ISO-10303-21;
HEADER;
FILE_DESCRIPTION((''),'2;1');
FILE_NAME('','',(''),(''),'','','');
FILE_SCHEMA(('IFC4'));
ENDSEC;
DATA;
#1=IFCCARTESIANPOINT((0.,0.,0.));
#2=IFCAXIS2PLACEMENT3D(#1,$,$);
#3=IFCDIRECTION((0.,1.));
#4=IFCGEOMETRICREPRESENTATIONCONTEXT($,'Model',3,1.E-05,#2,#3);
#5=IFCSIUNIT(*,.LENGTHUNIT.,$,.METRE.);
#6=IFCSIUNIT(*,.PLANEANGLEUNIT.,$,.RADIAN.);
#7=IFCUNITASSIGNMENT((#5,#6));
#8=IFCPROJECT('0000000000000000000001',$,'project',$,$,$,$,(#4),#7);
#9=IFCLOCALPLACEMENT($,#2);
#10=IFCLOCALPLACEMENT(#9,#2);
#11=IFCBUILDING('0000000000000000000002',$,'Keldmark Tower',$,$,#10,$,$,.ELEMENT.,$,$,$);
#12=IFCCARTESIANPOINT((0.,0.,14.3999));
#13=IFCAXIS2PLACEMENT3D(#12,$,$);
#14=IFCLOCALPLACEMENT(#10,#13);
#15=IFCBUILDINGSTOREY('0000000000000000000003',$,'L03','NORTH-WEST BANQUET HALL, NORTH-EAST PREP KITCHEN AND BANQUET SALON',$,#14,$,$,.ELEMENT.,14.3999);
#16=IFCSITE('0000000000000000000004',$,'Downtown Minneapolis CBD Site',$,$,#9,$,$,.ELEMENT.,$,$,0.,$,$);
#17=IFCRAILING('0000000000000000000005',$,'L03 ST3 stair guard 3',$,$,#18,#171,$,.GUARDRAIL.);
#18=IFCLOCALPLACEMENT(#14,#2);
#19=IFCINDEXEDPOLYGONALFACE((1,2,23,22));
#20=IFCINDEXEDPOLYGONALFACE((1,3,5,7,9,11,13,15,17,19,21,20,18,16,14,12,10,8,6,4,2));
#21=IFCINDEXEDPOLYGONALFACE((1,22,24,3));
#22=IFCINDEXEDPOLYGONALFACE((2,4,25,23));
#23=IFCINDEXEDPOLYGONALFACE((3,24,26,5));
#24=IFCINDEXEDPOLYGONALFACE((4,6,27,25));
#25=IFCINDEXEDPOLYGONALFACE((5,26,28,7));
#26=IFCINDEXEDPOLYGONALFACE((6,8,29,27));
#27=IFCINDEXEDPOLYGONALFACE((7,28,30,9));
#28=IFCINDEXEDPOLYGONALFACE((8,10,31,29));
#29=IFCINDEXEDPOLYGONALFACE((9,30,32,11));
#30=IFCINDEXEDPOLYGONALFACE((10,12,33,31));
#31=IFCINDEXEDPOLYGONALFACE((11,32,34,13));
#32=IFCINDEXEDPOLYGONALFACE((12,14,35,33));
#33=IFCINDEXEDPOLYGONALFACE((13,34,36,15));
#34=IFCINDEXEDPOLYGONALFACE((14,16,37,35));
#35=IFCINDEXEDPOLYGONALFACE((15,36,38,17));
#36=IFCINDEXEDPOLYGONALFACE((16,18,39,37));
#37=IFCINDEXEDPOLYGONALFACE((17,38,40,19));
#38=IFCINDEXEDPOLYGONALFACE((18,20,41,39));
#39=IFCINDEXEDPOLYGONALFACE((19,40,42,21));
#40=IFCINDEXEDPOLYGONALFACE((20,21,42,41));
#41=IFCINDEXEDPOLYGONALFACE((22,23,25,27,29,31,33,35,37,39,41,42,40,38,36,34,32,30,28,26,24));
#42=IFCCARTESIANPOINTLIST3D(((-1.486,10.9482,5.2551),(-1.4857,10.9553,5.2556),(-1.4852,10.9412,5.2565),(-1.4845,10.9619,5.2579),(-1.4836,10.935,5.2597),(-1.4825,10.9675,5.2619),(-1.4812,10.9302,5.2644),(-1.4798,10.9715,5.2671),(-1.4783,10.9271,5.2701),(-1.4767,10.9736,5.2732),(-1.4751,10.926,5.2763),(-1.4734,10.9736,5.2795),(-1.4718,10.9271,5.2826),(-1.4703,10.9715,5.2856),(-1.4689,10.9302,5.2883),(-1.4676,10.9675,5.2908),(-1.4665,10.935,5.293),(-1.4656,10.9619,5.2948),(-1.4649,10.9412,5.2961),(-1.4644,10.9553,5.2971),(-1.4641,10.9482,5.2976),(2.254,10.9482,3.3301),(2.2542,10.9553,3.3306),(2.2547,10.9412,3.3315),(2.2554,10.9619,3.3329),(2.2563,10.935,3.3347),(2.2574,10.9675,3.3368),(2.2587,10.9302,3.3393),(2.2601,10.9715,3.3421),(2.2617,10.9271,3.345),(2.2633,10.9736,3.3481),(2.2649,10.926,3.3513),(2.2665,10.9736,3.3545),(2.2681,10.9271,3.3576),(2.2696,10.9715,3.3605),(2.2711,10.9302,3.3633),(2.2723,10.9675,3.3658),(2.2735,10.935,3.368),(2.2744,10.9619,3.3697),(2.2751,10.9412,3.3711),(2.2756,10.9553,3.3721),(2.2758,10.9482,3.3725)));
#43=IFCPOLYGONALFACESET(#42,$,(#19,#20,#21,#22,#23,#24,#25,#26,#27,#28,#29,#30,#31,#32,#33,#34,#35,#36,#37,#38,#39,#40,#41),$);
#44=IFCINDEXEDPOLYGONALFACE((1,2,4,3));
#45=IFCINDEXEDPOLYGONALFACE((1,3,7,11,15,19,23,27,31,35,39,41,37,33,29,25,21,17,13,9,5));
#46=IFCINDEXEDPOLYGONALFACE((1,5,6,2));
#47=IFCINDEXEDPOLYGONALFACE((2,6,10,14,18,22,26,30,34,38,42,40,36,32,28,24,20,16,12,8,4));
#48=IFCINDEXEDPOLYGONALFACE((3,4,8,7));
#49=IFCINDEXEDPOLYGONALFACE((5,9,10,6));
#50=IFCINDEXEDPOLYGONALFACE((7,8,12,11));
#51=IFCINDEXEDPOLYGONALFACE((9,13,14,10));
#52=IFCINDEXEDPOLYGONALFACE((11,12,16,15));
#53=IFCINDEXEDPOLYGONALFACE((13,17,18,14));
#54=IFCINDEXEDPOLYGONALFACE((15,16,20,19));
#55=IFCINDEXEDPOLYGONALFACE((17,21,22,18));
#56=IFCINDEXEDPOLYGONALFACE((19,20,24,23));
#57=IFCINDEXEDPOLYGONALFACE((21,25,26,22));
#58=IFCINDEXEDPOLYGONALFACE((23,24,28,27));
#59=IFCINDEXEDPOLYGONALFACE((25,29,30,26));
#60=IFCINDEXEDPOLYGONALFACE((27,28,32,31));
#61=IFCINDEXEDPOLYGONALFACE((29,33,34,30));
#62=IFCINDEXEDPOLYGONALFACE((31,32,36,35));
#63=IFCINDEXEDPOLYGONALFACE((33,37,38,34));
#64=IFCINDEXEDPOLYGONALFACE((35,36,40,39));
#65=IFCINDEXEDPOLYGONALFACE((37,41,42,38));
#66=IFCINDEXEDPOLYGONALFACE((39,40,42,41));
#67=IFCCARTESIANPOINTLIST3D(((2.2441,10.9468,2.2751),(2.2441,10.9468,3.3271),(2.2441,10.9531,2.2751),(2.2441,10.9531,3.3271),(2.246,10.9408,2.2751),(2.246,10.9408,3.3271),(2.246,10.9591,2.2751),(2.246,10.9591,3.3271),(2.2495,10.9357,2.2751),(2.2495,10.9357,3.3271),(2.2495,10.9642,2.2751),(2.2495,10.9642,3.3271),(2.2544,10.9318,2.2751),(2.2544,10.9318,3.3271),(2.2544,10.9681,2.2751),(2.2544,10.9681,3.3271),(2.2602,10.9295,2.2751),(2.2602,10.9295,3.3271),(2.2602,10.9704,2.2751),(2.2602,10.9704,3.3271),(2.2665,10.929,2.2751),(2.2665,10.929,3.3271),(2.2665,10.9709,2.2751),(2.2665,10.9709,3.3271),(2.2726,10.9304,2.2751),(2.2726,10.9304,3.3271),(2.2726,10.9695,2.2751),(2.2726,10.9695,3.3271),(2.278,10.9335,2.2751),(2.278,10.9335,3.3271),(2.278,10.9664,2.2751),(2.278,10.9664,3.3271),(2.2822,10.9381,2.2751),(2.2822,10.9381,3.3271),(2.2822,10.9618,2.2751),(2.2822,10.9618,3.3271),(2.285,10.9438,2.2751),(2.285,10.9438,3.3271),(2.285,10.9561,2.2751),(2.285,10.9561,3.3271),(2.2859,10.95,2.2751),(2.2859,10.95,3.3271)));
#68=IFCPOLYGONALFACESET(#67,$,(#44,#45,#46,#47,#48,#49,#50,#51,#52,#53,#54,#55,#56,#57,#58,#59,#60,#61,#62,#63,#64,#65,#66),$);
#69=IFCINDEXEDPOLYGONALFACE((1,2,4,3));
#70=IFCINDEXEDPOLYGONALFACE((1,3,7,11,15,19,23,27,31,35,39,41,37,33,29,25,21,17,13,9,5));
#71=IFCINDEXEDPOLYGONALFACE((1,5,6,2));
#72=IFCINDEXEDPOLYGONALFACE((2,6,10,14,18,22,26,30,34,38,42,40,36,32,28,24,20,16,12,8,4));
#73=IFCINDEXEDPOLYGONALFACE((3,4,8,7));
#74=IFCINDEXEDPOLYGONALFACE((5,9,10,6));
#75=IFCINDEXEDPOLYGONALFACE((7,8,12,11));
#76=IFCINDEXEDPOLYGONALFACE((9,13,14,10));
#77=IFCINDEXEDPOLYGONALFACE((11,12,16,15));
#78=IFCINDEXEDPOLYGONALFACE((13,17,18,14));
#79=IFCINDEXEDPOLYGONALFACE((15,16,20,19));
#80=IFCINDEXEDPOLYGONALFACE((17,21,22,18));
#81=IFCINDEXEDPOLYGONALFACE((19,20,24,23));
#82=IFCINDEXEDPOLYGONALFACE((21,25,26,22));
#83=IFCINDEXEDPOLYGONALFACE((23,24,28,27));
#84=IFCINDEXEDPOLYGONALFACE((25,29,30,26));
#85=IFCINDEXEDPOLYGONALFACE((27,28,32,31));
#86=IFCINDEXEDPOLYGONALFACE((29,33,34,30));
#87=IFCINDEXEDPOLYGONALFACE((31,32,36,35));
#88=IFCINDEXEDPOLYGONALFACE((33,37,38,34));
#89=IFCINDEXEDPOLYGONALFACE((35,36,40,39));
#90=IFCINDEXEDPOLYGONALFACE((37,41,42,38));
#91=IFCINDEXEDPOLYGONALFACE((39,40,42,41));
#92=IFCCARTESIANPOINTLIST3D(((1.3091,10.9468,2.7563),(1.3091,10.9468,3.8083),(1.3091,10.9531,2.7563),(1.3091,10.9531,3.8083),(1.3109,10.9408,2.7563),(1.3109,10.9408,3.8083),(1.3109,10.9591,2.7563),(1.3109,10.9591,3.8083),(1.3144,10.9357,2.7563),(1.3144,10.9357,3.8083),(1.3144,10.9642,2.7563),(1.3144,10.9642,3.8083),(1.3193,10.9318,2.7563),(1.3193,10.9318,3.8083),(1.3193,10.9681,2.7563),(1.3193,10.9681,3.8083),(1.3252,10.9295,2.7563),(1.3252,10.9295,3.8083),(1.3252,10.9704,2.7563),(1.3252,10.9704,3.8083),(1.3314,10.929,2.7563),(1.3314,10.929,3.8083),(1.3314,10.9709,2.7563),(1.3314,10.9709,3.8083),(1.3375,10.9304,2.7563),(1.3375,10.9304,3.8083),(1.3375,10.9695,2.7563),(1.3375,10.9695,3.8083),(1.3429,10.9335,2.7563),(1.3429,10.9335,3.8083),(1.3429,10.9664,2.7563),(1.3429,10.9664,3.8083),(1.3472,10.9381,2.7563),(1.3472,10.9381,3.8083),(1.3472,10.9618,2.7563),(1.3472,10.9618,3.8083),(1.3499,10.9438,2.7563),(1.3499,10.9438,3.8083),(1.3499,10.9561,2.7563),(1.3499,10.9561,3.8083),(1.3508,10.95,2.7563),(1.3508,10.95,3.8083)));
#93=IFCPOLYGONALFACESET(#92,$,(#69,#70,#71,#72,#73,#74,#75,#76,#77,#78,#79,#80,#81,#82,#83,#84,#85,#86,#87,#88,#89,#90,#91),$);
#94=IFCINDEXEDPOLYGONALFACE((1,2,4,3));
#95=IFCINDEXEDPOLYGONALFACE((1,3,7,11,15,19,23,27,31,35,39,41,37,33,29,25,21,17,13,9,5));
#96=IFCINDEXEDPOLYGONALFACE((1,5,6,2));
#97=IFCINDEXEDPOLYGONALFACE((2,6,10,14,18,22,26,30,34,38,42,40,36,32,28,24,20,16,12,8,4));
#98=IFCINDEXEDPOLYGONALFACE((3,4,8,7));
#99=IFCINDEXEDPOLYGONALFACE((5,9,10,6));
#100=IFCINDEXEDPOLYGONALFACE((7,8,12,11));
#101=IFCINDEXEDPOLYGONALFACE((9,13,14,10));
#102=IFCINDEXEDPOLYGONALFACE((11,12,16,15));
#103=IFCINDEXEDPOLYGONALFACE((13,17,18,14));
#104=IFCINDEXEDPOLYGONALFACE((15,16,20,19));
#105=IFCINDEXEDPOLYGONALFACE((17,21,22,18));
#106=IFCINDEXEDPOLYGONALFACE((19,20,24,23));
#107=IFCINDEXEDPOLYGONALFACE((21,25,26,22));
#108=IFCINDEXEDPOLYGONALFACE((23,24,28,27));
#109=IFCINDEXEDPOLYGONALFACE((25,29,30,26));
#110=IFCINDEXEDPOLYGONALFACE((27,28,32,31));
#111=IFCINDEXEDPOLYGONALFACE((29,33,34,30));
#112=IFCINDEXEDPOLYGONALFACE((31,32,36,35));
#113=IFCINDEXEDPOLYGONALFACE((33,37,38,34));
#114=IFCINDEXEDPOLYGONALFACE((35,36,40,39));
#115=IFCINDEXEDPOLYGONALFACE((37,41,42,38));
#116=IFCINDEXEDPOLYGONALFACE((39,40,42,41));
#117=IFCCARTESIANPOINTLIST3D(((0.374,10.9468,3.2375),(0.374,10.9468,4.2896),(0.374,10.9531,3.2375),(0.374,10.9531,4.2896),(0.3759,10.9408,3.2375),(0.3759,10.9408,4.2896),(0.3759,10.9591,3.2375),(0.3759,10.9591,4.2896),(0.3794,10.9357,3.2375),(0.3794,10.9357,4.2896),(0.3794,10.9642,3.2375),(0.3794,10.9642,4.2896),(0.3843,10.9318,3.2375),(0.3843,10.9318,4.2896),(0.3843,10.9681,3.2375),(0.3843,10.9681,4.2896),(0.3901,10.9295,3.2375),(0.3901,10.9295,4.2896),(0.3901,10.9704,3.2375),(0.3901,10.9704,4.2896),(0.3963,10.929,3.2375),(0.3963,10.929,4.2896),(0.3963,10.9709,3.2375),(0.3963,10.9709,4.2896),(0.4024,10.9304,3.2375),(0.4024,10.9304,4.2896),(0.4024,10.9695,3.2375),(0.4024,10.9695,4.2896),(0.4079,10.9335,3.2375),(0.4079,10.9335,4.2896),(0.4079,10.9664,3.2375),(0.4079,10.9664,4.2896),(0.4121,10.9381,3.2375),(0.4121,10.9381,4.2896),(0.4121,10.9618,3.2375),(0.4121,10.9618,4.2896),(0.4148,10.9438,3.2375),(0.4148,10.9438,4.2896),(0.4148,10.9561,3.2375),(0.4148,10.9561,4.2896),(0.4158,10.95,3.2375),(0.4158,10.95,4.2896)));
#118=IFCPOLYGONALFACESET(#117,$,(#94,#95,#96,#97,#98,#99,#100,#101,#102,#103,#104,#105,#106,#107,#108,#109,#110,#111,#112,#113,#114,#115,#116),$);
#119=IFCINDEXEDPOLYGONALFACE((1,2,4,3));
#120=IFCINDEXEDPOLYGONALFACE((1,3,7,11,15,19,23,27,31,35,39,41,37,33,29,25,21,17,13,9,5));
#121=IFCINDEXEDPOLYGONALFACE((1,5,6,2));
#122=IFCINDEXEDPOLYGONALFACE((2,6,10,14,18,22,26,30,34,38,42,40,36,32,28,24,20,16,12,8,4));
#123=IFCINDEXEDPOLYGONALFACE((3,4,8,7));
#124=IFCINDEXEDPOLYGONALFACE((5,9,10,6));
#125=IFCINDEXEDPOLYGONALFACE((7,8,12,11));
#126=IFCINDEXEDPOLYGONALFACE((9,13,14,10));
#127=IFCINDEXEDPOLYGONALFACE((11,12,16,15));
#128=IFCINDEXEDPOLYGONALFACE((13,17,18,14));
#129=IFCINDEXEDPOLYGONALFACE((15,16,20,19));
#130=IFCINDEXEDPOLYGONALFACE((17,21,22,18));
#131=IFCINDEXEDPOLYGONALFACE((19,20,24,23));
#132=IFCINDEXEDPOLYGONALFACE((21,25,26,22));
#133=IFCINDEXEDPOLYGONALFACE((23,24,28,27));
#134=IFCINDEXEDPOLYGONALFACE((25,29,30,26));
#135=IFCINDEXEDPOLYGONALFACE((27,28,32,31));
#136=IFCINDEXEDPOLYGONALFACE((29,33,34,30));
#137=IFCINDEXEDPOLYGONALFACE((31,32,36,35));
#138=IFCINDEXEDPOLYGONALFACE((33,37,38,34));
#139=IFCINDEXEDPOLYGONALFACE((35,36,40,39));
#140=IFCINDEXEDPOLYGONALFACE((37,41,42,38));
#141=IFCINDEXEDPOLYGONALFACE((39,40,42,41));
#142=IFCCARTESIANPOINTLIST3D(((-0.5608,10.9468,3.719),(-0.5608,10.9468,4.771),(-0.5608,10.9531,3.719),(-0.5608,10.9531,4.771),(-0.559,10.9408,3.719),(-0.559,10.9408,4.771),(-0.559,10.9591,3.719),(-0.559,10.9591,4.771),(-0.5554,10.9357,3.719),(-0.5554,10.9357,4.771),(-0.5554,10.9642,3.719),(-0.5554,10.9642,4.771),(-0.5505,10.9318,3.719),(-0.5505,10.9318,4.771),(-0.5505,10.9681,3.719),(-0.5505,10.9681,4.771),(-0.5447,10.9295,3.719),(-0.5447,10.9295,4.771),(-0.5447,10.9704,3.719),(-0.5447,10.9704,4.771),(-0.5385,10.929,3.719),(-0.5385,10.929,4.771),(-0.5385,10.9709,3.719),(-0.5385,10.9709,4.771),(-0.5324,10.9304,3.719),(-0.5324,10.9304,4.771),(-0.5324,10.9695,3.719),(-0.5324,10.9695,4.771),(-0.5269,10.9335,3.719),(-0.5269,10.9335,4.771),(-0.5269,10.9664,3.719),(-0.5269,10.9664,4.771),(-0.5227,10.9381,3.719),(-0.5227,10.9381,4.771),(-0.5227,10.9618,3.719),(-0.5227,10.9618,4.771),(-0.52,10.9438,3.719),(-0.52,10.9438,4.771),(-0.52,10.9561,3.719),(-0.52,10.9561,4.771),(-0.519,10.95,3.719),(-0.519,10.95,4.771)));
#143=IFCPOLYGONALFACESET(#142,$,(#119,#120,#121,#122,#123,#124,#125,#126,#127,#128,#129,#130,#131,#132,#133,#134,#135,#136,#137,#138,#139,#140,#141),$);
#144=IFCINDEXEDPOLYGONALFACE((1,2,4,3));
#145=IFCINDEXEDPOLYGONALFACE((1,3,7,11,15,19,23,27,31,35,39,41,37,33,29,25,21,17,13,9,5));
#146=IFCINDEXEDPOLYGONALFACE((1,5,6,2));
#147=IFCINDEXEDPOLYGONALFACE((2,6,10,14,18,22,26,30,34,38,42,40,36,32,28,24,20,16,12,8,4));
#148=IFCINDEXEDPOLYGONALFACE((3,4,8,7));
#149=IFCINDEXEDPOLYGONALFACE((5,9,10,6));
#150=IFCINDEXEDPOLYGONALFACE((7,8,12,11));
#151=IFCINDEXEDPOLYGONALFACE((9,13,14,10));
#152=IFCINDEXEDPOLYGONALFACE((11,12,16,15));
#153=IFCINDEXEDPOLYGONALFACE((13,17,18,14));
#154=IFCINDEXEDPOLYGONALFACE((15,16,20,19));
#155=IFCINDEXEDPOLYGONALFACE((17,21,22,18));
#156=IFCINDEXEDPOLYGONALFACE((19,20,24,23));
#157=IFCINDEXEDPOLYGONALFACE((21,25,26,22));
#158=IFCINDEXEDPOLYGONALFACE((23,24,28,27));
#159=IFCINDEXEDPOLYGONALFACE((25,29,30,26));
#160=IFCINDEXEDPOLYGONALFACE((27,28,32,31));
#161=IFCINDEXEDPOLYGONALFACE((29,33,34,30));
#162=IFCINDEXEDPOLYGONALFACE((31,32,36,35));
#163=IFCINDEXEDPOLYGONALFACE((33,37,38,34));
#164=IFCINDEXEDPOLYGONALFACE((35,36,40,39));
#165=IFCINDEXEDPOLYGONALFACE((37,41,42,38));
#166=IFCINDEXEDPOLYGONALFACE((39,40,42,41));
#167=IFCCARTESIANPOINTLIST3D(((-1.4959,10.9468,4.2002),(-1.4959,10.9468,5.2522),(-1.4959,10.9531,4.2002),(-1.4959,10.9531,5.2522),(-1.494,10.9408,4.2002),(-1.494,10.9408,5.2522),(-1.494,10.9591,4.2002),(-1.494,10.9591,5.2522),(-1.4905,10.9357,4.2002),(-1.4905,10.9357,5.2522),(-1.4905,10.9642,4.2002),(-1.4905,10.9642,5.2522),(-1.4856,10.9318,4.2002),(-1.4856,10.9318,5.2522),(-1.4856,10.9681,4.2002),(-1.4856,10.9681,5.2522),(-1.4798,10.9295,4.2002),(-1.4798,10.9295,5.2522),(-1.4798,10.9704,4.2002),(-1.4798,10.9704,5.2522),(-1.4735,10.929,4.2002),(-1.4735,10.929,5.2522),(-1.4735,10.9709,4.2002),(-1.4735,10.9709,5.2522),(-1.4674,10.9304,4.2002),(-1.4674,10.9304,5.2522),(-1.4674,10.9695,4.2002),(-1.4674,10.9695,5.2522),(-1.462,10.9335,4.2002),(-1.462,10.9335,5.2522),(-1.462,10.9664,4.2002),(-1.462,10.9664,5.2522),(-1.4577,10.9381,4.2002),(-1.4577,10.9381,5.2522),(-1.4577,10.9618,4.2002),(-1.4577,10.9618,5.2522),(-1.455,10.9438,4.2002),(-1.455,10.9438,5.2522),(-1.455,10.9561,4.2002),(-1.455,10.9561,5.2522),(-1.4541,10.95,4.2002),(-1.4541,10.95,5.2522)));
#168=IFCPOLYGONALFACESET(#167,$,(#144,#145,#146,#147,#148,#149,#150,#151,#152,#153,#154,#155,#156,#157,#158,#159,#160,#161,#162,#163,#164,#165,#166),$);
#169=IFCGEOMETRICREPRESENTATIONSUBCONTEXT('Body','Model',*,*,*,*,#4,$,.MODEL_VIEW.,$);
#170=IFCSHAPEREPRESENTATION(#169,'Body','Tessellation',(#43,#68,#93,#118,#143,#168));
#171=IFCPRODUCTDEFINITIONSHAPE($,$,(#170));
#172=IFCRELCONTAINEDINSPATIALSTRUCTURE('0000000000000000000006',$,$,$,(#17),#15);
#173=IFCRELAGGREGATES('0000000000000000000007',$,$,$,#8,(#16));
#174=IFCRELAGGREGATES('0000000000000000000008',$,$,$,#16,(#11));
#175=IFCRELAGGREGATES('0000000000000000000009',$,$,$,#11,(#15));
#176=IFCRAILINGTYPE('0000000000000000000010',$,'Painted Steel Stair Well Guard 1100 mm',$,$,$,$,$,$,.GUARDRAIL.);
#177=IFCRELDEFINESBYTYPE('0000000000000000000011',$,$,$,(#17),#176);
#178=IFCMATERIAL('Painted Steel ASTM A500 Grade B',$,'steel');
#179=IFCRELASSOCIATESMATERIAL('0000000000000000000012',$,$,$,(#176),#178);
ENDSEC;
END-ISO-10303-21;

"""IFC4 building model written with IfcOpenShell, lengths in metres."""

from ifc_helpers import new_model, si_unit, direction, frame, origin, origin_2d, place, context, subcontext, project, spatial, circle, extrude, material, type_object, element, save


model = new_model("IFC4")

# Units and contexts
model_context = context("Model", 3, precision=1e-05, world=origin(), true_north=direction((0.0, 1.0)))
body_context = subcontext(model_context, "Body", "Model", "MODEL_VIEW")
ifc_project = project(units=[si_unit("LENGTHUNIT", "METRE"), si_unit("PLANEANGLEUNIT", "RADIAN")], contexts=[model_context])

# Site, building, storey
site_placement = place(None, origin())
site = spatial("IfcSite", under=ifc_project, at=site_placement, Name="Downtown Minneapolis CBD Site", CompositionType="ELEMENT", RefElevation=0.0)
building_placement = place(site_placement, origin())
building = spatial("IfcBuilding", under=site, at=building_placement, Name="Keldmark Tower", CompositionType="ELEMENT")
storey_placement = place(building_placement, frame((0.0, 0.0, 14.3999)))
storey = spatial("IfcBuildingStorey", under=building, at=storey_placement, Name="L03", Description="NORTH-WEST BANQUET HALL, NORTH-EAST PREP KITCHEN AND BANQUET SALON", CompositionType="ELEMENT", Elevation=14.3999)

# Railing
ifc_material_1 = material(Name="Painted Steel ASTM A500 Grade B", Category="steel")
railing_type_1 = type_object("IfcRailingType", Name="Painted Steel Stair Well Guard 1100 mm", PredefinedType="GUARDRAIL", material=ifc_material_1)
railing_1_placement = place(storey_placement, frame((2.2649, 10.95, 2.2751)))
element("IfcRailing", 1, at=railing_1_placement, inside=storey, type_object=railing_type_1, Name="L03 ST3 stair guard 3", PredefinedType="GUARDRAIL", context=body_context, shape_type="SweptSolid", body=[
    extrude(circle(Radius=0.0239, at=origin_2d()), frame((0.0, 0.0, 1.0762), z_axis=(-0.889131, 0.0, 0.457654), x_axis=(0.0, -1.0, 0.0)), (0.0, 0.0, 1.0), 4.2063),
    extrude(circle(Radius=0.021, at=origin_2d()), origin(), (0.0, 0.0, 1.0), 1.052),
    extrude(circle(Radius=0.021, at=origin_2d()), frame((-0.9351, 0.0, 0.4812)), (0.0, 0.0, 1.0), 1.052),
    extrude(circle(Radius=0.021, at=origin_2d()), frame((-1.8701, 0.0, 0.9624)), (0.0, 0.0, 1.0), 1.052),
    extrude(circle(Radius=0.021, at=origin_2d()), frame((-2.8049, 0.0, 1.4438)), (0.0, 0.0, 1.0), 1.052),
    extrude(circle(Radius=0.021, at=origin_2d()), frame((-3.74, 0.0, 1.925)), (0.0, 0.0, 1.0), 1.052),
])

save(model, "model.ifc")
